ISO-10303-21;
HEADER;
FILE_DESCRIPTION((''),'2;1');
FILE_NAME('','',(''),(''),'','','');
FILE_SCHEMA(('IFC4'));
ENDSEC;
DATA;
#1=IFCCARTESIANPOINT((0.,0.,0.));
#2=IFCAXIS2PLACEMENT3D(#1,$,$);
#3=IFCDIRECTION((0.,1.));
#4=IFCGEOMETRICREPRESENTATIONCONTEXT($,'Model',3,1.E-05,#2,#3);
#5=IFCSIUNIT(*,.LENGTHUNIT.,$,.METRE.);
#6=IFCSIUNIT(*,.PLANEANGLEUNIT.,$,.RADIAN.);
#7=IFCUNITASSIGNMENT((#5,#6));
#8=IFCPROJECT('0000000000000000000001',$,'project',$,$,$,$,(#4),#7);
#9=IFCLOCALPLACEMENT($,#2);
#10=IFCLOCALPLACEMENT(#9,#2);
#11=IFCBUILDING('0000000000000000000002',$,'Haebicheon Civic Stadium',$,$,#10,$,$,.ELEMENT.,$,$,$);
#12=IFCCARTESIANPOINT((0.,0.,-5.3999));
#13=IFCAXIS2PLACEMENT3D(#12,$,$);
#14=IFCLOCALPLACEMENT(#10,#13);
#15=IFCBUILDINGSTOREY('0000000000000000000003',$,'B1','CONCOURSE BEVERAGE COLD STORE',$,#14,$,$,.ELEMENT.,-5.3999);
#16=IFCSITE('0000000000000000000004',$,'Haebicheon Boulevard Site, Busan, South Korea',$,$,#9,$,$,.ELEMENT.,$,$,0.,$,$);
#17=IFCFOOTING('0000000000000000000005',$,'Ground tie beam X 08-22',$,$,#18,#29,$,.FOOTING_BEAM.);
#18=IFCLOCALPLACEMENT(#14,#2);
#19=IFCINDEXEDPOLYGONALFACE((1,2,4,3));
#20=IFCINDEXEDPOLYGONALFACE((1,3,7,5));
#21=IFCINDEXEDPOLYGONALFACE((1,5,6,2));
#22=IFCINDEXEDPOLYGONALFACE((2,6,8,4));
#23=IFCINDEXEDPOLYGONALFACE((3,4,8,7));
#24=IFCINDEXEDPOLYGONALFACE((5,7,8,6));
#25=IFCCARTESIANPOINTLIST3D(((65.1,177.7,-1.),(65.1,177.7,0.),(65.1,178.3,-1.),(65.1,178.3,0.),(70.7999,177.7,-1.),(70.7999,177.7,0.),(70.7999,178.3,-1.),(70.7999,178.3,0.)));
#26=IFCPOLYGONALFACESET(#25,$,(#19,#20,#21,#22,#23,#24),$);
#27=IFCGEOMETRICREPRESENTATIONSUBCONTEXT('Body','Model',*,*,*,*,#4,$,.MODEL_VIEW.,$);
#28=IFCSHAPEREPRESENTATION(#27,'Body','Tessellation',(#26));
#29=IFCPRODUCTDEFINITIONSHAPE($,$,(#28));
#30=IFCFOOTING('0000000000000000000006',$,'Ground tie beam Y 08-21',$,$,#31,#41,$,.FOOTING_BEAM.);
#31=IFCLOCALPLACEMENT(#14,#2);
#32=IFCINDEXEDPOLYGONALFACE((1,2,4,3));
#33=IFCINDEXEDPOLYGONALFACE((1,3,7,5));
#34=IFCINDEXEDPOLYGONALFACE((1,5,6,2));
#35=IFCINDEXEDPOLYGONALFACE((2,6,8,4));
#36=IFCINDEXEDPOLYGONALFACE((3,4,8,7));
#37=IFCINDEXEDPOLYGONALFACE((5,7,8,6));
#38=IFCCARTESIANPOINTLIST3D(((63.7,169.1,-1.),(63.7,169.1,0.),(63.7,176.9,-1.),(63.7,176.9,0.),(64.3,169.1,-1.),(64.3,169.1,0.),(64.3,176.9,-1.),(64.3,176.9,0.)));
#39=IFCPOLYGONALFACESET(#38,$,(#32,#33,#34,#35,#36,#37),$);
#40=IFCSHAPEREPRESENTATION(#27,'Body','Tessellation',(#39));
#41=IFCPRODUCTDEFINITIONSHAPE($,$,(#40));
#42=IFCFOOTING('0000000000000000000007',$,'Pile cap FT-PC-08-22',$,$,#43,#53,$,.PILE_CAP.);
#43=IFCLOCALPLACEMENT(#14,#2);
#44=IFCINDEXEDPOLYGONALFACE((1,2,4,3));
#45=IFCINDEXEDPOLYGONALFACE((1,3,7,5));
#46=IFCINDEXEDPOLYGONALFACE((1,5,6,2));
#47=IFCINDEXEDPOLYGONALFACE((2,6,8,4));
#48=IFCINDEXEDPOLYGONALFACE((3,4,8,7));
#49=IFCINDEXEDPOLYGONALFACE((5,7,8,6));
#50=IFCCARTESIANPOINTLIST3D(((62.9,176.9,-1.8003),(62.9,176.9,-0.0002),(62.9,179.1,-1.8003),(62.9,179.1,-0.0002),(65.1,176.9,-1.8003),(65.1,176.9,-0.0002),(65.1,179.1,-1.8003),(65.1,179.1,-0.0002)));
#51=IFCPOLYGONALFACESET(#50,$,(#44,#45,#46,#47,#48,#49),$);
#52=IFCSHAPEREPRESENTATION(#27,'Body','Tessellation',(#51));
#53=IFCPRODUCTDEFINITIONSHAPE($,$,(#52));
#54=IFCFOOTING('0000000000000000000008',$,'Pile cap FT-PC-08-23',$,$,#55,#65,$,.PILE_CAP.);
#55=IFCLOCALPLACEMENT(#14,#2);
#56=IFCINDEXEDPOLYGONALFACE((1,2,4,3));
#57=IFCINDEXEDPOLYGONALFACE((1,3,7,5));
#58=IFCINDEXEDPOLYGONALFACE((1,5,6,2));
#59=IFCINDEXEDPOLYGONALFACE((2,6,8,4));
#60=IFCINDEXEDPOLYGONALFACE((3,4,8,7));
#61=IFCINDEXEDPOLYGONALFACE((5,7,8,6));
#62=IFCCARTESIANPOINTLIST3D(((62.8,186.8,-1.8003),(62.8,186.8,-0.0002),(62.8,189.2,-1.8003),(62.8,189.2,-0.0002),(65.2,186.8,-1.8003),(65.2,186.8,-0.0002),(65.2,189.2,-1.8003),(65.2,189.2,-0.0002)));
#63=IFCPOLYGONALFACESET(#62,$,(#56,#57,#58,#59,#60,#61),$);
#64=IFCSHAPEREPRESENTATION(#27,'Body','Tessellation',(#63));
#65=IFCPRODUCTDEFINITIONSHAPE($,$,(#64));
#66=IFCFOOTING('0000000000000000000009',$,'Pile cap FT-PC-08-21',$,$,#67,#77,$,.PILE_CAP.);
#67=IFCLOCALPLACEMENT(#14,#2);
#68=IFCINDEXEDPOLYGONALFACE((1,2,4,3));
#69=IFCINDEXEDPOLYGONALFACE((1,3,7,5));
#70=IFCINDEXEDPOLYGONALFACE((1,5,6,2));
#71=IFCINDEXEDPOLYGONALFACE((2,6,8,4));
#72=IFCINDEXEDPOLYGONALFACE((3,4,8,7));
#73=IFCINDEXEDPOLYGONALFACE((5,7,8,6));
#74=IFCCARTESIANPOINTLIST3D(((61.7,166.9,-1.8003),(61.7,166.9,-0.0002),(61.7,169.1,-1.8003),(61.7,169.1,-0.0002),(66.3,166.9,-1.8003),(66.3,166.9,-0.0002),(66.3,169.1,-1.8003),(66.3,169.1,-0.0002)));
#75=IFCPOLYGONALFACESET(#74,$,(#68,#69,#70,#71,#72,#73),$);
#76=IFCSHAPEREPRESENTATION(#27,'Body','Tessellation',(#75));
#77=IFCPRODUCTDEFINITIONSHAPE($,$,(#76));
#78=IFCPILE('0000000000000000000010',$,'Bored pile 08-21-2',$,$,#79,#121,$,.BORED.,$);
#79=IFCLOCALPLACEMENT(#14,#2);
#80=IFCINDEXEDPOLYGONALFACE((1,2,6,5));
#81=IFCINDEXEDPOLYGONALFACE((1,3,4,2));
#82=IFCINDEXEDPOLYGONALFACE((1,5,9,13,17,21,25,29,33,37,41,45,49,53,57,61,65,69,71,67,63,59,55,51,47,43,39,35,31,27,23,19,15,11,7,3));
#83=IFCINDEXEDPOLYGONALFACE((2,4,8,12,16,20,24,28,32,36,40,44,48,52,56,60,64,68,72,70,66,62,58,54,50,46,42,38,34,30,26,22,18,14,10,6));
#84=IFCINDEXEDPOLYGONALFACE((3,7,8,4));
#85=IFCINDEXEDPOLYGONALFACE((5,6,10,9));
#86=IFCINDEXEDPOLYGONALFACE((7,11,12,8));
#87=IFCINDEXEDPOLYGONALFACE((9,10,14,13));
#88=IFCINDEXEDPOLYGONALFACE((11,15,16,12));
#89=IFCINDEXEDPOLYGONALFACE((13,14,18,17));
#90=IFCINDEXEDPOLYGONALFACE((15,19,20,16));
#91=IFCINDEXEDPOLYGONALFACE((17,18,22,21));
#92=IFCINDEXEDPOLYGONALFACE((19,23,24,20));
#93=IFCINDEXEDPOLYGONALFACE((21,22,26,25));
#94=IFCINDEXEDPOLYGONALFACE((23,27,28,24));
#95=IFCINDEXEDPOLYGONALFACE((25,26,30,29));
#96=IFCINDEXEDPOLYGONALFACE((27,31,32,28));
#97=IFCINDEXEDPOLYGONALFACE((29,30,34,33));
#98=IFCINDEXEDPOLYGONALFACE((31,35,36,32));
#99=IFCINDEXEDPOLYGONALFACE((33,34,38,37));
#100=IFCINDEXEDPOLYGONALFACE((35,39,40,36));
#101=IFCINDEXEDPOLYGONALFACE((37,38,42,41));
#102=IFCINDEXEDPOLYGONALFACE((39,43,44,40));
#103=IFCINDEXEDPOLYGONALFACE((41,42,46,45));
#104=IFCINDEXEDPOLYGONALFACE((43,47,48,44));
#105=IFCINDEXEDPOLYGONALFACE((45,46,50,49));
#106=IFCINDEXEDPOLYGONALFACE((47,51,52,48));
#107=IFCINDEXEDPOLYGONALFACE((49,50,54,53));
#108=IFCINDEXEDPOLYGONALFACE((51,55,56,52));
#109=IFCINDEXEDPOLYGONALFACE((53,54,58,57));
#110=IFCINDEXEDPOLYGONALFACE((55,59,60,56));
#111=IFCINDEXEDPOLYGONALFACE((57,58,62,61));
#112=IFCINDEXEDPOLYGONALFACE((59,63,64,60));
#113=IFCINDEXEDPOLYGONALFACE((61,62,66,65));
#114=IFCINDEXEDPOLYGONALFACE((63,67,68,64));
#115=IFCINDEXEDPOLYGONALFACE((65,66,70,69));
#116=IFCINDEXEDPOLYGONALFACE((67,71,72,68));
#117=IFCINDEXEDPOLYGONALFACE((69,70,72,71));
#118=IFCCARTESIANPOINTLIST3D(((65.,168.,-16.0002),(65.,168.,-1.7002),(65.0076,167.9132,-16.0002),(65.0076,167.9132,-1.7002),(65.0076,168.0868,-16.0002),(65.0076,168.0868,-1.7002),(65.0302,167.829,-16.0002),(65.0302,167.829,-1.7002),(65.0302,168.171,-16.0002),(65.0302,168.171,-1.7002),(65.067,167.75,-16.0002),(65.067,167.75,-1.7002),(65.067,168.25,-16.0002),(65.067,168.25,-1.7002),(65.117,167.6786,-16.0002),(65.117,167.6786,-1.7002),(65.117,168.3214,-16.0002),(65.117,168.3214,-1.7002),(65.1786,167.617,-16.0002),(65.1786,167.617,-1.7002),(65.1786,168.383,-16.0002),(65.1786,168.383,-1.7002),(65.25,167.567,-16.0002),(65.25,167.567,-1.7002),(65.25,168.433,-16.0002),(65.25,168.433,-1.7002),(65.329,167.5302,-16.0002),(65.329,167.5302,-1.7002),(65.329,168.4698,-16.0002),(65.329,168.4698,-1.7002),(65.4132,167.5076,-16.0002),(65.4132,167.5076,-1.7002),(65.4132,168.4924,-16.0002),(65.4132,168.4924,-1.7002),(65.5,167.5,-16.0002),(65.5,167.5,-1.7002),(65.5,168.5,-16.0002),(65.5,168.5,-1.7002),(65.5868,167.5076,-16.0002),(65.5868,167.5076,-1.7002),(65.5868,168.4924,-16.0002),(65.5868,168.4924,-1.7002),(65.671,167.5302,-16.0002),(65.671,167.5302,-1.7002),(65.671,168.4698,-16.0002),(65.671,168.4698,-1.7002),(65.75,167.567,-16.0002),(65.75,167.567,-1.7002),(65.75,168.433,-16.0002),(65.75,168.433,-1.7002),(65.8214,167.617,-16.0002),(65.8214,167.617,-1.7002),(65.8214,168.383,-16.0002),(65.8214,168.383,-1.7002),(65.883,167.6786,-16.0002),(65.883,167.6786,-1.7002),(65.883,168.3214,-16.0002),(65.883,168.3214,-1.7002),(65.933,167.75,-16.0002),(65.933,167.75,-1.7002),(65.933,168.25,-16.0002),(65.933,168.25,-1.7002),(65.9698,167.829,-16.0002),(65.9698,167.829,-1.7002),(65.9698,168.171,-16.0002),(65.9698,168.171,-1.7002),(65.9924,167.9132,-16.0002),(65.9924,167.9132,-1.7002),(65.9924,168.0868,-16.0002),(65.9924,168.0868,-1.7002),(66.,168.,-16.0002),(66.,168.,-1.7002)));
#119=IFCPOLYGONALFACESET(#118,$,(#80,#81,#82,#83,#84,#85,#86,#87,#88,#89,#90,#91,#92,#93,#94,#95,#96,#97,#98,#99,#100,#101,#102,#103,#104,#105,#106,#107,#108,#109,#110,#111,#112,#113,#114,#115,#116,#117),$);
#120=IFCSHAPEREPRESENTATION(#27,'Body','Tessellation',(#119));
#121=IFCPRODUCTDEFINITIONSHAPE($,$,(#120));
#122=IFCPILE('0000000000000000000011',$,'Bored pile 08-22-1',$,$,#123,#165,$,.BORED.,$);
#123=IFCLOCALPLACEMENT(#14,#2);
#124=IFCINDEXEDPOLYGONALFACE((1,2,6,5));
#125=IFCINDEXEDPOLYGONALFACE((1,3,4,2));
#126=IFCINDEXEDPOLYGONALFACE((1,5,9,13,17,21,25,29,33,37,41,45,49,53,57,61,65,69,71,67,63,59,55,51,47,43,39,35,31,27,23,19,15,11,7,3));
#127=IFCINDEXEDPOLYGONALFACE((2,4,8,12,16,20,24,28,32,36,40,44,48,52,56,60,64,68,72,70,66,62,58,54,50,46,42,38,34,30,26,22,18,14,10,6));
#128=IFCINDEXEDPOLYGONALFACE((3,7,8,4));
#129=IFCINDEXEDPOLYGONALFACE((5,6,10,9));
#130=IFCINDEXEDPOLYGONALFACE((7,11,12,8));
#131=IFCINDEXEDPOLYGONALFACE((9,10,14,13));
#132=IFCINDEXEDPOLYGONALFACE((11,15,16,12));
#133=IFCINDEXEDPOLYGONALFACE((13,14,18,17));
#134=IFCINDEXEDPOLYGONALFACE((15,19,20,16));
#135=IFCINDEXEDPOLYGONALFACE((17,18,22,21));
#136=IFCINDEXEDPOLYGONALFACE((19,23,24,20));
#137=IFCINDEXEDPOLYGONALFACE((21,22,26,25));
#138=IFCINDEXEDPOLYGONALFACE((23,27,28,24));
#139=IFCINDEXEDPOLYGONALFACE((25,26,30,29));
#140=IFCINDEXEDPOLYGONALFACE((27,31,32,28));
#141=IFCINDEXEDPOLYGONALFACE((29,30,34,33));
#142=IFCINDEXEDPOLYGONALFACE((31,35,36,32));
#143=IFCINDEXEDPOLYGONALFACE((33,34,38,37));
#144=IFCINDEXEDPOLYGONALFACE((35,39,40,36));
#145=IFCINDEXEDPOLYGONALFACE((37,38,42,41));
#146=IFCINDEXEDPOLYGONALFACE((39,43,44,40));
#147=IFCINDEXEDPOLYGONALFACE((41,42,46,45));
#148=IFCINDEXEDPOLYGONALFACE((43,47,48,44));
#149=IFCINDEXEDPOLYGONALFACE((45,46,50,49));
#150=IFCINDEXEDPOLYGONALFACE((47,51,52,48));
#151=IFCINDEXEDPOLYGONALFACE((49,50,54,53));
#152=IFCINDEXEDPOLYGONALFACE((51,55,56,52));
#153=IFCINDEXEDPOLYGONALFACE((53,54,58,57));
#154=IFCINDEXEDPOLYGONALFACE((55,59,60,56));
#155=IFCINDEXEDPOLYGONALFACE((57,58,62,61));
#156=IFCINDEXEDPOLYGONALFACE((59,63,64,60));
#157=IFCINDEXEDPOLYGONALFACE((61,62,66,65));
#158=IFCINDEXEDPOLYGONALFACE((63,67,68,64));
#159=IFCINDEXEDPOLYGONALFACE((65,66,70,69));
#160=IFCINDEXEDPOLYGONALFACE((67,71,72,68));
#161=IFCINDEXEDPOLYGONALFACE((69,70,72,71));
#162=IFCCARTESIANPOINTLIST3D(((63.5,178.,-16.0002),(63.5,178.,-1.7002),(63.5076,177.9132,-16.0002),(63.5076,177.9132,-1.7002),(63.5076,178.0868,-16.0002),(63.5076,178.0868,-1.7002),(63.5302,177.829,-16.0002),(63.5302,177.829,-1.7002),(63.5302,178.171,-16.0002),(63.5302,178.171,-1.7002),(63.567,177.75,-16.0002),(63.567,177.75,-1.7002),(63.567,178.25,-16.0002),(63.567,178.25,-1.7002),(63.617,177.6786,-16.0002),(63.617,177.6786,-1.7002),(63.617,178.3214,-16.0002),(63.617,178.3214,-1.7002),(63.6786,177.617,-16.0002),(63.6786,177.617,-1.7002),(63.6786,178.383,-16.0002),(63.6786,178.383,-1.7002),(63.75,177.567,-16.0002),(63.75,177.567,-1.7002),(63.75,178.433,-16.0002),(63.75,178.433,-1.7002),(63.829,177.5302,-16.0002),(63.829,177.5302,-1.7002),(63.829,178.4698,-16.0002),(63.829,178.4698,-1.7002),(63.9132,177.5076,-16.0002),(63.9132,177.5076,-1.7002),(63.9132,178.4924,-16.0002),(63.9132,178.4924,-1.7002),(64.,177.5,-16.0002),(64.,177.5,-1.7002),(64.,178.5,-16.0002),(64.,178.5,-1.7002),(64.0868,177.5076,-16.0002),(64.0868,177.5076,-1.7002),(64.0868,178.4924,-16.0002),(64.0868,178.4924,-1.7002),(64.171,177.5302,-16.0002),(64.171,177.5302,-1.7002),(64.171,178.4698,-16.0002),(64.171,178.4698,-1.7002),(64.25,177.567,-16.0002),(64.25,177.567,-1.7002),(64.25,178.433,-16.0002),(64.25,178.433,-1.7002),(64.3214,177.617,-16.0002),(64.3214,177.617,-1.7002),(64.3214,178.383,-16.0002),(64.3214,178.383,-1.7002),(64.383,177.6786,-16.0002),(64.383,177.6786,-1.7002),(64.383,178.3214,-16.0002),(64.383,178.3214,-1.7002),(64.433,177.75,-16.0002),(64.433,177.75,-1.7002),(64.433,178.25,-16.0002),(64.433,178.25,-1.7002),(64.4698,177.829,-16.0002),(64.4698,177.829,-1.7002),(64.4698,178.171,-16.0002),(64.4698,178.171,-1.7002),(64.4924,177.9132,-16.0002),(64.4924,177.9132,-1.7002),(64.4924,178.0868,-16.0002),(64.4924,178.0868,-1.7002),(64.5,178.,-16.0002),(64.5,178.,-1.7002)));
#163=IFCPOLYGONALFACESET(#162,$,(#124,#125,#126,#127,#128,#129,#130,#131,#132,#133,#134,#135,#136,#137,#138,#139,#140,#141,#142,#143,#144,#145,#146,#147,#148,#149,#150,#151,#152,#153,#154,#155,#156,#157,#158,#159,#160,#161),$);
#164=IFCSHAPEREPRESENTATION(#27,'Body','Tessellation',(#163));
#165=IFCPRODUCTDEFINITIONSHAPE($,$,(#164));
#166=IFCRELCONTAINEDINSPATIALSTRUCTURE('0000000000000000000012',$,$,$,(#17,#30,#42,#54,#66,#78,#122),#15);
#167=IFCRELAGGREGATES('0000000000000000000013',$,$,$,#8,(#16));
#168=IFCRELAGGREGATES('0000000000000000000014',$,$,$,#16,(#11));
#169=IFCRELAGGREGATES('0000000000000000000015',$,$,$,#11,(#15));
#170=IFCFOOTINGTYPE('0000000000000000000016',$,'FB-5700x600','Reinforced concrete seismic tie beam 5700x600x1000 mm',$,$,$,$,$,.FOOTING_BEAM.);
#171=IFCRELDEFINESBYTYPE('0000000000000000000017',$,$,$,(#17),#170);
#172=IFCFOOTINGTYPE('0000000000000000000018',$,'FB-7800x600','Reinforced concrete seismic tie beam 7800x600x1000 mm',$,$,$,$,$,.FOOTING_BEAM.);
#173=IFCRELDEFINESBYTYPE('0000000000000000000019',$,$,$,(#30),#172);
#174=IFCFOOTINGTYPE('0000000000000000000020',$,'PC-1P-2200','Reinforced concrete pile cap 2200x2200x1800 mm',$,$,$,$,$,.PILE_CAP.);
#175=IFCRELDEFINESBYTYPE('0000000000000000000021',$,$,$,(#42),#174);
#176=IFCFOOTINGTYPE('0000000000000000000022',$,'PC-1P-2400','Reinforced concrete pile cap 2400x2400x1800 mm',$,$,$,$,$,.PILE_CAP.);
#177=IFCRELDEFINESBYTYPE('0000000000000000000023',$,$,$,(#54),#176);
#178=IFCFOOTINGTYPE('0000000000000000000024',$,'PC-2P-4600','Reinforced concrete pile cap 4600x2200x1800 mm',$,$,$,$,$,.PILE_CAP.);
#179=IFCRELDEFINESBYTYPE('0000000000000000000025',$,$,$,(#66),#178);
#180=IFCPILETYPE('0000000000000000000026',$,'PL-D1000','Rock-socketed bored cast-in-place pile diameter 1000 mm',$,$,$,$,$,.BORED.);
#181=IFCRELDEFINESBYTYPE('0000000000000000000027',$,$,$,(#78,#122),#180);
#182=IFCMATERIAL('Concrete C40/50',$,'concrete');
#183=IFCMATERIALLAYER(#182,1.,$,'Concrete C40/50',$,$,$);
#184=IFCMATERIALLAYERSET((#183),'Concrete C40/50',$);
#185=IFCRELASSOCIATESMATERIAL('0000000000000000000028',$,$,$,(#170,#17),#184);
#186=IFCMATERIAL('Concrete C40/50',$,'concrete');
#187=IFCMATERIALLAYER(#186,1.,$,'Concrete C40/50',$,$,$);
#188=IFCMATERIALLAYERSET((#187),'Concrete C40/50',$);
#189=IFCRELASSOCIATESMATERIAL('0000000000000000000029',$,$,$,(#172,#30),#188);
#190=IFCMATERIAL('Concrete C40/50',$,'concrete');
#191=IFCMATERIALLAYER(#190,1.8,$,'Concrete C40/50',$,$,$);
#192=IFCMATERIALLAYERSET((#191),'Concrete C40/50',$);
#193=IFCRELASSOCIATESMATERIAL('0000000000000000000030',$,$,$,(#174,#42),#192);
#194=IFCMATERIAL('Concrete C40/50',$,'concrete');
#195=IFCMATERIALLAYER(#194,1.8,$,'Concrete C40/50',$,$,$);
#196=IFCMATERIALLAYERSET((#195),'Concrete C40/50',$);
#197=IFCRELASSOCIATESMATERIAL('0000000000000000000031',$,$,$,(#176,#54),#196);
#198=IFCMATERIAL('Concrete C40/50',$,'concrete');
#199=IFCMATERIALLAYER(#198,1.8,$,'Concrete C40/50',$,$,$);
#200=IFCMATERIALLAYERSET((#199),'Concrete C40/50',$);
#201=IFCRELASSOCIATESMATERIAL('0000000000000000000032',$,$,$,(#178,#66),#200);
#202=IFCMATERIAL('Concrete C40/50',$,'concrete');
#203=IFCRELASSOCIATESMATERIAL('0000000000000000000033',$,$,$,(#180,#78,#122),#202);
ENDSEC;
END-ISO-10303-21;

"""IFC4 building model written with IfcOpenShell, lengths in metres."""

from ifc_helpers import new_model, si_unit, direction, frame, origin, origin_2d, place, context, subcontext, project, spatial, rectangle, circle, extrude, material, layer, layer_set, material_profile, profile_set, type_object, element, save


model = new_model("IFC4")

# Units and contexts
model_context = context("Model", 3, precision=1e-05, world=origin(), true_north=direction((0.0, 1.0)))
body_context = subcontext(model_context, "Body", "Model", "MODEL_VIEW")
ifc_project = project(units=[si_unit("LENGTHUNIT", "METRE"), si_unit("PLANEANGLEUNIT", "RADIAN")], contexts=[model_context])

# Site, building, storey
site_placement = place(None, origin())
site = spatial("IfcSite", under=ifc_project, at=site_placement, Name="Haebicheon Boulevard Site, Busan, South Korea", CompositionType="ELEMENT", RefElevation=0.0)
building_placement = place(site_placement, origin())
building = spatial("IfcBuilding", under=site, at=building_placement, Name="Haebicheon Civic Stadium", CompositionType="ELEMENT")
storey_placement = place(building_placement, frame((0.0, 0.0, -5.3999)))
storey = spatial("IfcBuildingStorey", under=building, at=storey_placement, Name="B1", Description="CONCOURSE BEVERAGE COLD STORE", CompositionType="ELEMENT", Elevation=-5.3999)

# Footings
ifc_material_1 = material(Name="Concrete C40/50", Category="concrete")
ifc_layer_1 = layer(ifc_material_1, 1.0, Name="Concrete C40/50")
ifc_layer_set_1 = layer_set([ifc_layer_1], Name="Concrete C40/50")
footing_type_1 = type_object("IfcFootingType", Name="FB-5700x600", Description="Reinforced concrete seismic tie beam 5700x600x1000 mm", PredefinedType="FOOTING_BEAM", material=ifc_layer_set_1)
footing_1_placement = place(storey_placement, frame((67.95, 178.0, -1.0), z_axis=(0.0, 0.0, 1.0), x_axis=(1.0, 0.0, 0.0)))
element("IfcFooting", 1, at=footing_1_placement, inside=storey, type_object=footing_type_1, material=ifc_layer_set_1, Name="Ground tie beam X 08-22", PredefinedType="FOOTING_BEAM", context=body_context, shape_type="SweptSolid", body=[
    extrude(rectangle(XDim=5.7, YDim=0.6001, at=origin_2d()), origin(), (0.0, 0.0, 1.0), 1.0),
])
ifc_material_2 = material(Name="Concrete C40/50", Category="concrete")
ifc_layer_2 = layer(ifc_material_2, 1.0, Name="Concrete C40/50")
ifc_layer_set_2 = layer_set([ifc_layer_2], Name="Concrete C40/50")
footing_type_2 = type_object("IfcFootingType", Name="FB-7800x600", Description="Reinforced concrete seismic tie beam 7800x600x1000 mm", PredefinedType="FOOTING_BEAM", material=ifc_layer_set_2)
footing_2_placement = place(storey_placement, frame((64.0, 173.0, -1.0), z_axis=(0.0, 0.0, 1.0), x_axis=(0.0, 1.0, 0.0)))
element("IfcFooting", 2, at=footing_2_placement, inside=storey, type_object=footing_type_2, material=ifc_layer_set_2, Name="Ground tie beam Y 08-21", PredefinedType="FOOTING_BEAM", context=body_context, shape_type="SweptSolid", body=[
    extrude(rectangle(XDim=7.8, YDim=0.6001, at=origin_2d()), origin(), (0.0, 0.0, 1.0), 1.0),
])
ifc_material_3 = material(Name="Concrete C40/50", Category="concrete")
ifc_layer_3 = layer(ifc_material_3, 1.8, Name="Concrete C40/50")
ifc_layer_set_3 = layer_set([ifc_layer_3], Name="Concrete C40/50")
footing_type_3 = type_object("IfcFootingType", Name="PC-1P-2200", Description="Reinforced concrete pile cap 2200x2200x1800 mm", PredefinedType="PILE_CAP", material=ifc_layer_set_3)
footing_3_placement = place(storey_placement, frame((64.0, 178.0, -1.8003), z_axis=(0.0, 0.0, 1.0), x_axis=(1.0, 0.0, 0.0)))
element("IfcFooting", 3, at=footing_3_placement, inside=storey, type_object=footing_type_3, material=ifc_layer_set_3, Name="Pile cap FT-PC-08-22", PredefinedType="PILE_CAP", context=body_context, shape_type="SweptSolid", body=[
    extrude(rectangle(XDim=2.2, YDim=2.2, at=origin_2d()), origin(), (0.0, 0.0, 1.0), 1.8),
])
ifc_material_4 = material(Name="Concrete C40/50", Category="concrete")
ifc_layer_4 = layer(ifc_material_4, 1.8, Name="Concrete C40/50")
ifc_layer_set_4 = layer_set([ifc_layer_4], Name="Concrete C40/50")
footing_type_4 = type_object("IfcFootingType", Name="PC-1P-2400", Description="Reinforced concrete pile cap 2400x2400x1800 mm", PredefinedType="PILE_CAP", material=ifc_layer_set_4)
footing_4_placement = place(storey_placement, frame((64.0, 188.0, -1.8003), z_axis=(0.0, 0.0, 1.0), x_axis=(1.0, 0.0, 0.0)))
element("IfcFooting", 4, at=footing_4_placement, inside=storey, type_object=footing_type_4, material=ifc_layer_set_4, Name="Pile cap FT-PC-08-23", PredefinedType="PILE_CAP", context=body_context, shape_type="SweptSolid", body=[
    extrude(rectangle(XDim=2.3999, YDim=2.3999, at=origin_2d()), origin(), (0.0, 0.0, 1.0), 1.8),
])
ifc_material_5 = material(Name="Concrete C40/50", Category="concrete")
ifc_layer_5 = layer(ifc_material_5, 1.8, Name="Concrete C40/50")
ifc_layer_set_5 = layer_set([ifc_layer_5], Name="Concrete C40/50")
footing_type_5 = type_object("IfcFootingType", Name="PC-2P-4600", Description="Reinforced concrete pile cap 4600x2200x1800 mm", PredefinedType="PILE_CAP", material=ifc_layer_set_5)
footing_5_placement = place(storey_placement, frame((64.0, 168.0, -1.8003), z_axis=(0.0, 0.0, 1.0), x_axis=(1.0, 0.0, 0.0)))
element("IfcFooting", 5, at=footing_5_placement, inside=storey, type_object=footing_type_5, material=ifc_layer_set_5, Name="Pile cap FT-PC-08-21", PredefinedType="PILE_CAP", context=body_context, shape_type="SweptSolid", body=[
    extrude(rectangle(XDim=4.6001, YDim=2.2, at=origin_2d()), origin(), (0.0, 0.0, 1.0), 1.8),
])

# Piles
ifc_material_6 = material(Name="Concrete C40/50", Category="concrete")
ifc_material_profile_1 = material_profile(ifc_material_6, circle(Radius=0.5, at=origin_2d()), Name="PILE-D1000")
ifc_profile_set_1 = profile_set([ifc_material_profile_1], Name="Concrete C40/50")
pile_type_1 = type_object("IfcPileType", Name="PL-D1000", Description="Rock-socketed bored cast-in-place pile diameter 1000 mm", PredefinedType="BORED", material=ifc_profile_set_1)
for number, where, z_axis, x_axis, name in (
    (6, (65.5, 168.0, -1.7002), (0.0, 0.0, -1.0), (1.0, 0.0, 0.0), "Bored pile 08-21-2"),
    (7, (64.0, 178.0, -1.7002), (0.0, 0.0, -1.0), (1.0, 0.0, 0.0), "Bored pile 08-22-1"),
):
    element("IfcPile", number, at=place(storey_placement, frame(where, z_axis=z_axis, x_axis=x_axis)), inside=storey, type_object=pile_type_1, material=ifc_profile_set_1, Name=name, PredefinedType="BORED", context=body_context, shape_type="SweptSolid", body=[
        extrude(circle(Radius=0.5, at=origin_2d()), origin(), (0.0, 0.0, 1.0), 14.3),
    ])

save(model, "model.ifc")
